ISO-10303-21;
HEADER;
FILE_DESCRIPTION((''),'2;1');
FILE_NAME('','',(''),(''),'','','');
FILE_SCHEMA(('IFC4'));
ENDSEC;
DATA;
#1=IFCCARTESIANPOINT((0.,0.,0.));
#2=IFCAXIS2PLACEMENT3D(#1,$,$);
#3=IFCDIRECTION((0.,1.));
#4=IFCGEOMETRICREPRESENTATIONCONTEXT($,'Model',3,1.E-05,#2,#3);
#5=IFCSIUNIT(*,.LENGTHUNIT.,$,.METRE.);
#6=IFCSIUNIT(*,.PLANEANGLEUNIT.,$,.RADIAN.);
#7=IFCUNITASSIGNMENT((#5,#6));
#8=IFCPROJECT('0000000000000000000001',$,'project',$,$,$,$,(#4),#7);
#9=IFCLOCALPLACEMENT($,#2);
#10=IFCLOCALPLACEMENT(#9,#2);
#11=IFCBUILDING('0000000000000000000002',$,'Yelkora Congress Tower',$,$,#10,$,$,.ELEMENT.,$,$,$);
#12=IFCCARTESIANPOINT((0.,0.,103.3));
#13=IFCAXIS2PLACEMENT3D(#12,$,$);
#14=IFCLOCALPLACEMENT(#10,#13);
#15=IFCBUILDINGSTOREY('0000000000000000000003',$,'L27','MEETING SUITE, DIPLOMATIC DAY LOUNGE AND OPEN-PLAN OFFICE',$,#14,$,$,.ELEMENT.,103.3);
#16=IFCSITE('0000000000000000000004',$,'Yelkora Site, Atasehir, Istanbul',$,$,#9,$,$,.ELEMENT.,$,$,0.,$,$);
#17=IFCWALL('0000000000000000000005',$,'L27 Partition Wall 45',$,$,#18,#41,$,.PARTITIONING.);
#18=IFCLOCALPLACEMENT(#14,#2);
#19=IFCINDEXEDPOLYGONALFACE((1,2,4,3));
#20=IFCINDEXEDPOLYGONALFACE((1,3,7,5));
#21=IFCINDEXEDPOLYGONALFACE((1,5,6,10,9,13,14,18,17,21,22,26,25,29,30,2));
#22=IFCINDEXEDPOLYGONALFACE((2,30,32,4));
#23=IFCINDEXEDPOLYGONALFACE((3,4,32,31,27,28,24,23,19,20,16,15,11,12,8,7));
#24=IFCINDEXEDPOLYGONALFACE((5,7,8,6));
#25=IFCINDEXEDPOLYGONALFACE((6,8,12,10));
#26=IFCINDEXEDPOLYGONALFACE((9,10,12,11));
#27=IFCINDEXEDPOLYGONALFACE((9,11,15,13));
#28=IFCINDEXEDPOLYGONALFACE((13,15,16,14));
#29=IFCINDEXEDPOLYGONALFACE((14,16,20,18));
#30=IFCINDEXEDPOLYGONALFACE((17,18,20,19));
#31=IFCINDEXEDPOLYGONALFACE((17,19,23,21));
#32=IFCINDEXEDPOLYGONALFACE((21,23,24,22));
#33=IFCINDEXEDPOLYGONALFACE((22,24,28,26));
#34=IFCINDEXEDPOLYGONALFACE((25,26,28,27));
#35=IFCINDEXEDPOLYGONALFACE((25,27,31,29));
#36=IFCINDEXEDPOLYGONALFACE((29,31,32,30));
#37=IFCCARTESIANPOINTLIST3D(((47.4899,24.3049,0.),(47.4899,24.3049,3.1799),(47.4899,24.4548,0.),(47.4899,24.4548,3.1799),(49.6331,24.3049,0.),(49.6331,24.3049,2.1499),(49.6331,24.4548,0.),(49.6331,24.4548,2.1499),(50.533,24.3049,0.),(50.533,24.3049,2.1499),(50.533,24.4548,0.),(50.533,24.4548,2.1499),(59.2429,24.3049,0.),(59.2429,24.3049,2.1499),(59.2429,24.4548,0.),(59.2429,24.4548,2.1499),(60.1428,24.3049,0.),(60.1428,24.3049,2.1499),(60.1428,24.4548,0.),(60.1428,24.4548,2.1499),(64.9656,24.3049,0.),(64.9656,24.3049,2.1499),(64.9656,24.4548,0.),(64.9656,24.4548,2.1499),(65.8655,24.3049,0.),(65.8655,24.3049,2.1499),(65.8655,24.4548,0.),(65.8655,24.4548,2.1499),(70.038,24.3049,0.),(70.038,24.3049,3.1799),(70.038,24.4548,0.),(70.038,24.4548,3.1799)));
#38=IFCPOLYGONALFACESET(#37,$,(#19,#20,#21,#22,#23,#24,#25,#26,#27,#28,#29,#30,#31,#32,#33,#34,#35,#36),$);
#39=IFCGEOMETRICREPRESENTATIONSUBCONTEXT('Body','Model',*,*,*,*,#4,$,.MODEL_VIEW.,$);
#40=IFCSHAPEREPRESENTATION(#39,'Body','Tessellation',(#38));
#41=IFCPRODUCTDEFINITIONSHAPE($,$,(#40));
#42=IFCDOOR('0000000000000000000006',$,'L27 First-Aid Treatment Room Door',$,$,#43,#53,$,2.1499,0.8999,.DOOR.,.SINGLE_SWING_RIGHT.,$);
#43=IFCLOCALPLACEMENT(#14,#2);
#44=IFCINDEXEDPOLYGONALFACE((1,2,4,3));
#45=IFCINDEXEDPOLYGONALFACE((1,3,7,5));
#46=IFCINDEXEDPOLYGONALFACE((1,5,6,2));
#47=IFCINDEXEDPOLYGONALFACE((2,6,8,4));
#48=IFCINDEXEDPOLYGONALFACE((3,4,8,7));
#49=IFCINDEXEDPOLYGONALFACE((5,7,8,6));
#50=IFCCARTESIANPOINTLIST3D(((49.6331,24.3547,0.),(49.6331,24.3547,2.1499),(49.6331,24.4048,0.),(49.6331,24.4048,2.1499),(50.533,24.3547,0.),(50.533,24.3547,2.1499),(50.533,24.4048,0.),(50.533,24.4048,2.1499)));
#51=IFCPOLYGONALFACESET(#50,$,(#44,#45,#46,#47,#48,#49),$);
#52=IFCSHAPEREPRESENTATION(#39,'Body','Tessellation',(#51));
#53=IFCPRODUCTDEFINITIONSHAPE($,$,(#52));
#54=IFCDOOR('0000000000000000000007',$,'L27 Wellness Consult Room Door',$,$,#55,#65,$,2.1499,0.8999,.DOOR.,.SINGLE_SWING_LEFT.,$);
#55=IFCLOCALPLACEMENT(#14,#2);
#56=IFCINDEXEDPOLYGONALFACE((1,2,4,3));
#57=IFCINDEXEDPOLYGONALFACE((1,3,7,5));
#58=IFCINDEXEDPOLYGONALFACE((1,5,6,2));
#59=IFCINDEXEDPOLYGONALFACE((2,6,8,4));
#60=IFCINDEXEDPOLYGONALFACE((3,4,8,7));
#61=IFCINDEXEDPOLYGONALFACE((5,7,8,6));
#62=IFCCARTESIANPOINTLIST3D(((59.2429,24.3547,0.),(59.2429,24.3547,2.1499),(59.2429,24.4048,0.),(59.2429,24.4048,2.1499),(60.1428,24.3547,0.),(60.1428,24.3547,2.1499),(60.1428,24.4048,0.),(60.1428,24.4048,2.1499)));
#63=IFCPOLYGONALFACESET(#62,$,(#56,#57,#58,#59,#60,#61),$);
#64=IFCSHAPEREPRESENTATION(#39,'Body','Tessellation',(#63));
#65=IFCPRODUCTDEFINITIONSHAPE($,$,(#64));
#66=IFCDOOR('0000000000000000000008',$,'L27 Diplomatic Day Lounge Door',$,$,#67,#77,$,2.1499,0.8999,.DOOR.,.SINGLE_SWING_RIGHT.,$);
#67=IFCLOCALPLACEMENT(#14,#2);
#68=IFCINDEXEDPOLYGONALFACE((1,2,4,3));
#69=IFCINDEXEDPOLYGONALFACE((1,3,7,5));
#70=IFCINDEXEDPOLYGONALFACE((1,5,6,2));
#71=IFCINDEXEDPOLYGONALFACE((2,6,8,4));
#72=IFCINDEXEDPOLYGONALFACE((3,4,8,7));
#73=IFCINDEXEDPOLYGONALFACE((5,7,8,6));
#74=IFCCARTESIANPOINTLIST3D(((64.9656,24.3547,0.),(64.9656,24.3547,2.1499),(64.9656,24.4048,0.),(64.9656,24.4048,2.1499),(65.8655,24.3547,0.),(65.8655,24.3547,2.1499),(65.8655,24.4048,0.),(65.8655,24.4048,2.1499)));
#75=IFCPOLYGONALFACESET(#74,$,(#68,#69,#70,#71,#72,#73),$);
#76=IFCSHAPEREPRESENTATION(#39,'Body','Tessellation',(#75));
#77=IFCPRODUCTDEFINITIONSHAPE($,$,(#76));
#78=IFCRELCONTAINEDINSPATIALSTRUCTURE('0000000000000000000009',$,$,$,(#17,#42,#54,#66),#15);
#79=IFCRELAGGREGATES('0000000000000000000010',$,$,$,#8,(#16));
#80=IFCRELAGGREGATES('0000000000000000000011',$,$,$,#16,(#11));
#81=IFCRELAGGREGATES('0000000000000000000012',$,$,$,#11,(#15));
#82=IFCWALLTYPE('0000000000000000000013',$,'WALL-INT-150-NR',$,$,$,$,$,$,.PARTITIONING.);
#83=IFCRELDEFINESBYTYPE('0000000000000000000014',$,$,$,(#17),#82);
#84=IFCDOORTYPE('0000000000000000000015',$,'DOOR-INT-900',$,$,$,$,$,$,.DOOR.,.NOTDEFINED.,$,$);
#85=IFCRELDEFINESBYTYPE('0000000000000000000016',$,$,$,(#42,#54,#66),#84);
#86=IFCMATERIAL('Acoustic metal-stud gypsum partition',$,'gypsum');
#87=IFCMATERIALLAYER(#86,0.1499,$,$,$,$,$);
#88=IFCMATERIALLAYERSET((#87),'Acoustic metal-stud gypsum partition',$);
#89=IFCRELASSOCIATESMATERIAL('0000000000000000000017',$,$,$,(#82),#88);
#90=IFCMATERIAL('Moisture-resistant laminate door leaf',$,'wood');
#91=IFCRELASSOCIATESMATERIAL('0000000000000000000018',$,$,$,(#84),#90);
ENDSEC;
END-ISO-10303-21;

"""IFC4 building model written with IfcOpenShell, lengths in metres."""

from ifc_helpers import new_model, si_unit, direction, frame, frame_2d, origin, place, context, subcontext, project, spatial, rectangle, extrude, material, layer, layer_set, type_object, element, fill, save


model = new_model("IFC4")

# Units and contexts
model_context = context("Model", 3, precision=1e-05, world=origin(), true_north=direction((0.0, 1.0)))
body_context = subcontext(model_context, "Body", "Model", "MODEL_VIEW")
ifc_project = project(units=[si_unit("LENGTHUNIT", "METRE"), si_unit("PLANEANGLEUNIT", "RADIAN")], contexts=[model_context])

# Site, building, storey
site_placement = place(None, origin())
site = spatial("IfcSite", under=ifc_project, at=site_placement, Name="Yelkora Site, Atasehir, Istanbul", CompositionType="ELEMENT", RefElevation=0.0)
building_placement = place(site_placement, origin())
building = spatial("IfcBuilding", under=site, at=building_placement, Name="Yelkora Congress Tower", CompositionType="ELEMENT")
storey_placement = place(building_placement, frame((0.0, 0.0, 103.3)))
storey = spatial("IfcBuildingStorey", under=building, at=storey_placement, Name="L27", Description="MEETING SUITE, DIPLOMATIC DAY LOUNGE AND OPEN-PLAN OFFICE", CompositionType="ELEMENT", Elevation=103.3)

# Shared definitions
ifc_material_1 = material(Name="Acoustic metal-stud gypsum partition", Category="gypsum")
ifc_layer = layer(ifc_material_1, 0.1499)
ifc_layer_set = layer_set([ifc_layer], Name="Acoustic metal-stud gypsum partition")
wall_type = type_object("IfcWallType", Name="WALL-INT-150-NR", PredefinedType="PARTITIONING", material=ifc_layer_set)

# Wall, openings, doors
wall_1_placement = place(storey_placement, frame((47.49, 24.3799, 0.0), z_axis=(0.0, 0.0, 1.0), x_axis=(1.0, 0.0, 0.0)))
wall_1 = element("IfcWall", 1, at=wall_1_placement, inside=storey, type_object=wall_type, Name="L27 Partition Wall 45", PredefinedType="PARTITIONING", context=body_context, shape_type="SweptSolid", body=[
    extrude(rectangle(XDim=22.5481, YDim=0.1499, at=frame_2d((11.2739, 0.0))), origin(), (0.0, 0.0, 1.0), 3.1799),
])
opening_1_placement = place(wall_1_placement, frame((2.1431, 0.0, 0.0)))
opening_1 = element("IfcOpeningElement", 2, at=opening_1_placement, cuts=wall_1, PredefinedType="OPENING", context=body_context, shape_type="SweptSolid", body=[
    extrude(rectangle(XDim=0.8999, YDim=2.1499, at=frame_2d((0.45, 1.075))), frame((0.0, 0.085, 0.0), z_axis=(0.0, -1.0, 0.0), x_axis=(1.0, 0.0, 0.0)), (0.0, 0.0, 1.0), 0.1699),
])
opening_2_placement = place(wall_1_placement, frame((11.7529, 0.0, 0.0)))
opening_2 = element("IfcOpeningElement", 3, at=opening_2_placement, cuts=wall_1, PredefinedType="OPENING", context=body_context, shape_type="SweptSolid", body=[
    extrude(rectangle(XDim=0.8999, YDim=2.1499, at=frame_2d((0.45, 1.075))), frame((0.0, 0.085, 0.0), z_axis=(0.0, -1.0, 0.0), x_axis=(1.0, 0.0, 0.0)), (0.0, 0.0, 1.0), 0.1699),
])
opening_3_placement = place(wall_1_placement, frame((17.4756, 0.0, 0.0)))
opening_3 = element("IfcOpeningElement", 4, at=opening_3_placement, cuts=wall_1, PredefinedType="OPENING", context=body_context, shape_type="SweptSolid", body=[
    extrude(rectangle(XDim=0.8999, YDim=2.1499, at=frame_2d((0.45, 1.075))), frame((0.0, 0.085, 0.0), z_axis=(0.0, -1.0, 0.0), x_axis=(1.0, 0.0, 0.0)), (0.0, 0.0, 1.0), 0.1699),
])
ifc_material_2 = material(Name="Moisture-resistant laminate door leaf", Category="wood")
door_type = type_object("IfcDoorType", Name="DOOR-INT-900", OperationType="NOTDEFINED", PredefinedType="DOOR", material=ifc_material_2)
door_1_placement = place(opening_1_placement, origin())
door_1 = element("IfcDoor", 5, at=door_1_placement, inside=storey, type_object=door_type, Name="L27 First-Aid Treatment Room Door", OperationType="SINGLE_SWING_RIGHT", OverallHeight=2.1499, OverallWidth=0.8999, PredefinedType="DOOR", context=body_context, shape_type="SweptSolid", body=[
    extrude(rectangle(XDim=0.8999, YDim=2.1499, at=frame_2d((0.45, 1.075))), frame((0.0, 0.0249, 0.0), z_axis=(0.0, -1.0, 0.0), x_axis=(1.0, 0.0, 0.0)), (0.0, 0.0, 1.0), 0.05),
])
fill(opening_1, door_1)
door_2_placement = place(opening_2_placement, origin())
door_2 = element("IfcDoor", 6, at=door_2_placement, inside=storey, type_object=door_type, Name="L27 Wellness Consult Room Door", OperationType="SINGLE_SWING_LEFT", OverallHeight=2.1499, OverallWidth=0.8999, PredefinedType="DOOR", context=body_context, shape_type="SweptSolid", body=[
    extrude(rectangle(XDim=0.8999, YDim=2.1499, at=frame_2d((0.45, 1.075))), frame((0.0, 0.0249, 0.0), z_axis=(0.0, -1.0, 0.0), x_axis=(1.0, 0.0, 0.0)), (0.0, 0.0, 1.0), 0.05),
])
fill(opening_2, door_2)
door_3_placement = place(opening_3_placement, origin())
door_3 = element("IfcDoor", 7, at=door_3_placement, inside=storey, type_object=door_type, Name="L27 Diplomatic Day Lounge Door", OperationType="SINGLE_SWING_RIGHT", OverallHeight=2.1499, OverallWidth=0.8999, PredefinedType="DOOR", context=body_context, shape_type="SweptSolid", body=[
    extrude(rectangle(XDim=0.8999, YDim=2.1499, at=frame_2d((0.45, 1.075))), frame((0.0, 0.0249, 0.0), z_axis=(0.0, -1.0, 0.0), x_axis=(1.0, 0.0, 0.0)), (0.0, 0.0, 1.0), 0.05),
])
fill(opening_3, door_3)

save(model, "model.ifc")
